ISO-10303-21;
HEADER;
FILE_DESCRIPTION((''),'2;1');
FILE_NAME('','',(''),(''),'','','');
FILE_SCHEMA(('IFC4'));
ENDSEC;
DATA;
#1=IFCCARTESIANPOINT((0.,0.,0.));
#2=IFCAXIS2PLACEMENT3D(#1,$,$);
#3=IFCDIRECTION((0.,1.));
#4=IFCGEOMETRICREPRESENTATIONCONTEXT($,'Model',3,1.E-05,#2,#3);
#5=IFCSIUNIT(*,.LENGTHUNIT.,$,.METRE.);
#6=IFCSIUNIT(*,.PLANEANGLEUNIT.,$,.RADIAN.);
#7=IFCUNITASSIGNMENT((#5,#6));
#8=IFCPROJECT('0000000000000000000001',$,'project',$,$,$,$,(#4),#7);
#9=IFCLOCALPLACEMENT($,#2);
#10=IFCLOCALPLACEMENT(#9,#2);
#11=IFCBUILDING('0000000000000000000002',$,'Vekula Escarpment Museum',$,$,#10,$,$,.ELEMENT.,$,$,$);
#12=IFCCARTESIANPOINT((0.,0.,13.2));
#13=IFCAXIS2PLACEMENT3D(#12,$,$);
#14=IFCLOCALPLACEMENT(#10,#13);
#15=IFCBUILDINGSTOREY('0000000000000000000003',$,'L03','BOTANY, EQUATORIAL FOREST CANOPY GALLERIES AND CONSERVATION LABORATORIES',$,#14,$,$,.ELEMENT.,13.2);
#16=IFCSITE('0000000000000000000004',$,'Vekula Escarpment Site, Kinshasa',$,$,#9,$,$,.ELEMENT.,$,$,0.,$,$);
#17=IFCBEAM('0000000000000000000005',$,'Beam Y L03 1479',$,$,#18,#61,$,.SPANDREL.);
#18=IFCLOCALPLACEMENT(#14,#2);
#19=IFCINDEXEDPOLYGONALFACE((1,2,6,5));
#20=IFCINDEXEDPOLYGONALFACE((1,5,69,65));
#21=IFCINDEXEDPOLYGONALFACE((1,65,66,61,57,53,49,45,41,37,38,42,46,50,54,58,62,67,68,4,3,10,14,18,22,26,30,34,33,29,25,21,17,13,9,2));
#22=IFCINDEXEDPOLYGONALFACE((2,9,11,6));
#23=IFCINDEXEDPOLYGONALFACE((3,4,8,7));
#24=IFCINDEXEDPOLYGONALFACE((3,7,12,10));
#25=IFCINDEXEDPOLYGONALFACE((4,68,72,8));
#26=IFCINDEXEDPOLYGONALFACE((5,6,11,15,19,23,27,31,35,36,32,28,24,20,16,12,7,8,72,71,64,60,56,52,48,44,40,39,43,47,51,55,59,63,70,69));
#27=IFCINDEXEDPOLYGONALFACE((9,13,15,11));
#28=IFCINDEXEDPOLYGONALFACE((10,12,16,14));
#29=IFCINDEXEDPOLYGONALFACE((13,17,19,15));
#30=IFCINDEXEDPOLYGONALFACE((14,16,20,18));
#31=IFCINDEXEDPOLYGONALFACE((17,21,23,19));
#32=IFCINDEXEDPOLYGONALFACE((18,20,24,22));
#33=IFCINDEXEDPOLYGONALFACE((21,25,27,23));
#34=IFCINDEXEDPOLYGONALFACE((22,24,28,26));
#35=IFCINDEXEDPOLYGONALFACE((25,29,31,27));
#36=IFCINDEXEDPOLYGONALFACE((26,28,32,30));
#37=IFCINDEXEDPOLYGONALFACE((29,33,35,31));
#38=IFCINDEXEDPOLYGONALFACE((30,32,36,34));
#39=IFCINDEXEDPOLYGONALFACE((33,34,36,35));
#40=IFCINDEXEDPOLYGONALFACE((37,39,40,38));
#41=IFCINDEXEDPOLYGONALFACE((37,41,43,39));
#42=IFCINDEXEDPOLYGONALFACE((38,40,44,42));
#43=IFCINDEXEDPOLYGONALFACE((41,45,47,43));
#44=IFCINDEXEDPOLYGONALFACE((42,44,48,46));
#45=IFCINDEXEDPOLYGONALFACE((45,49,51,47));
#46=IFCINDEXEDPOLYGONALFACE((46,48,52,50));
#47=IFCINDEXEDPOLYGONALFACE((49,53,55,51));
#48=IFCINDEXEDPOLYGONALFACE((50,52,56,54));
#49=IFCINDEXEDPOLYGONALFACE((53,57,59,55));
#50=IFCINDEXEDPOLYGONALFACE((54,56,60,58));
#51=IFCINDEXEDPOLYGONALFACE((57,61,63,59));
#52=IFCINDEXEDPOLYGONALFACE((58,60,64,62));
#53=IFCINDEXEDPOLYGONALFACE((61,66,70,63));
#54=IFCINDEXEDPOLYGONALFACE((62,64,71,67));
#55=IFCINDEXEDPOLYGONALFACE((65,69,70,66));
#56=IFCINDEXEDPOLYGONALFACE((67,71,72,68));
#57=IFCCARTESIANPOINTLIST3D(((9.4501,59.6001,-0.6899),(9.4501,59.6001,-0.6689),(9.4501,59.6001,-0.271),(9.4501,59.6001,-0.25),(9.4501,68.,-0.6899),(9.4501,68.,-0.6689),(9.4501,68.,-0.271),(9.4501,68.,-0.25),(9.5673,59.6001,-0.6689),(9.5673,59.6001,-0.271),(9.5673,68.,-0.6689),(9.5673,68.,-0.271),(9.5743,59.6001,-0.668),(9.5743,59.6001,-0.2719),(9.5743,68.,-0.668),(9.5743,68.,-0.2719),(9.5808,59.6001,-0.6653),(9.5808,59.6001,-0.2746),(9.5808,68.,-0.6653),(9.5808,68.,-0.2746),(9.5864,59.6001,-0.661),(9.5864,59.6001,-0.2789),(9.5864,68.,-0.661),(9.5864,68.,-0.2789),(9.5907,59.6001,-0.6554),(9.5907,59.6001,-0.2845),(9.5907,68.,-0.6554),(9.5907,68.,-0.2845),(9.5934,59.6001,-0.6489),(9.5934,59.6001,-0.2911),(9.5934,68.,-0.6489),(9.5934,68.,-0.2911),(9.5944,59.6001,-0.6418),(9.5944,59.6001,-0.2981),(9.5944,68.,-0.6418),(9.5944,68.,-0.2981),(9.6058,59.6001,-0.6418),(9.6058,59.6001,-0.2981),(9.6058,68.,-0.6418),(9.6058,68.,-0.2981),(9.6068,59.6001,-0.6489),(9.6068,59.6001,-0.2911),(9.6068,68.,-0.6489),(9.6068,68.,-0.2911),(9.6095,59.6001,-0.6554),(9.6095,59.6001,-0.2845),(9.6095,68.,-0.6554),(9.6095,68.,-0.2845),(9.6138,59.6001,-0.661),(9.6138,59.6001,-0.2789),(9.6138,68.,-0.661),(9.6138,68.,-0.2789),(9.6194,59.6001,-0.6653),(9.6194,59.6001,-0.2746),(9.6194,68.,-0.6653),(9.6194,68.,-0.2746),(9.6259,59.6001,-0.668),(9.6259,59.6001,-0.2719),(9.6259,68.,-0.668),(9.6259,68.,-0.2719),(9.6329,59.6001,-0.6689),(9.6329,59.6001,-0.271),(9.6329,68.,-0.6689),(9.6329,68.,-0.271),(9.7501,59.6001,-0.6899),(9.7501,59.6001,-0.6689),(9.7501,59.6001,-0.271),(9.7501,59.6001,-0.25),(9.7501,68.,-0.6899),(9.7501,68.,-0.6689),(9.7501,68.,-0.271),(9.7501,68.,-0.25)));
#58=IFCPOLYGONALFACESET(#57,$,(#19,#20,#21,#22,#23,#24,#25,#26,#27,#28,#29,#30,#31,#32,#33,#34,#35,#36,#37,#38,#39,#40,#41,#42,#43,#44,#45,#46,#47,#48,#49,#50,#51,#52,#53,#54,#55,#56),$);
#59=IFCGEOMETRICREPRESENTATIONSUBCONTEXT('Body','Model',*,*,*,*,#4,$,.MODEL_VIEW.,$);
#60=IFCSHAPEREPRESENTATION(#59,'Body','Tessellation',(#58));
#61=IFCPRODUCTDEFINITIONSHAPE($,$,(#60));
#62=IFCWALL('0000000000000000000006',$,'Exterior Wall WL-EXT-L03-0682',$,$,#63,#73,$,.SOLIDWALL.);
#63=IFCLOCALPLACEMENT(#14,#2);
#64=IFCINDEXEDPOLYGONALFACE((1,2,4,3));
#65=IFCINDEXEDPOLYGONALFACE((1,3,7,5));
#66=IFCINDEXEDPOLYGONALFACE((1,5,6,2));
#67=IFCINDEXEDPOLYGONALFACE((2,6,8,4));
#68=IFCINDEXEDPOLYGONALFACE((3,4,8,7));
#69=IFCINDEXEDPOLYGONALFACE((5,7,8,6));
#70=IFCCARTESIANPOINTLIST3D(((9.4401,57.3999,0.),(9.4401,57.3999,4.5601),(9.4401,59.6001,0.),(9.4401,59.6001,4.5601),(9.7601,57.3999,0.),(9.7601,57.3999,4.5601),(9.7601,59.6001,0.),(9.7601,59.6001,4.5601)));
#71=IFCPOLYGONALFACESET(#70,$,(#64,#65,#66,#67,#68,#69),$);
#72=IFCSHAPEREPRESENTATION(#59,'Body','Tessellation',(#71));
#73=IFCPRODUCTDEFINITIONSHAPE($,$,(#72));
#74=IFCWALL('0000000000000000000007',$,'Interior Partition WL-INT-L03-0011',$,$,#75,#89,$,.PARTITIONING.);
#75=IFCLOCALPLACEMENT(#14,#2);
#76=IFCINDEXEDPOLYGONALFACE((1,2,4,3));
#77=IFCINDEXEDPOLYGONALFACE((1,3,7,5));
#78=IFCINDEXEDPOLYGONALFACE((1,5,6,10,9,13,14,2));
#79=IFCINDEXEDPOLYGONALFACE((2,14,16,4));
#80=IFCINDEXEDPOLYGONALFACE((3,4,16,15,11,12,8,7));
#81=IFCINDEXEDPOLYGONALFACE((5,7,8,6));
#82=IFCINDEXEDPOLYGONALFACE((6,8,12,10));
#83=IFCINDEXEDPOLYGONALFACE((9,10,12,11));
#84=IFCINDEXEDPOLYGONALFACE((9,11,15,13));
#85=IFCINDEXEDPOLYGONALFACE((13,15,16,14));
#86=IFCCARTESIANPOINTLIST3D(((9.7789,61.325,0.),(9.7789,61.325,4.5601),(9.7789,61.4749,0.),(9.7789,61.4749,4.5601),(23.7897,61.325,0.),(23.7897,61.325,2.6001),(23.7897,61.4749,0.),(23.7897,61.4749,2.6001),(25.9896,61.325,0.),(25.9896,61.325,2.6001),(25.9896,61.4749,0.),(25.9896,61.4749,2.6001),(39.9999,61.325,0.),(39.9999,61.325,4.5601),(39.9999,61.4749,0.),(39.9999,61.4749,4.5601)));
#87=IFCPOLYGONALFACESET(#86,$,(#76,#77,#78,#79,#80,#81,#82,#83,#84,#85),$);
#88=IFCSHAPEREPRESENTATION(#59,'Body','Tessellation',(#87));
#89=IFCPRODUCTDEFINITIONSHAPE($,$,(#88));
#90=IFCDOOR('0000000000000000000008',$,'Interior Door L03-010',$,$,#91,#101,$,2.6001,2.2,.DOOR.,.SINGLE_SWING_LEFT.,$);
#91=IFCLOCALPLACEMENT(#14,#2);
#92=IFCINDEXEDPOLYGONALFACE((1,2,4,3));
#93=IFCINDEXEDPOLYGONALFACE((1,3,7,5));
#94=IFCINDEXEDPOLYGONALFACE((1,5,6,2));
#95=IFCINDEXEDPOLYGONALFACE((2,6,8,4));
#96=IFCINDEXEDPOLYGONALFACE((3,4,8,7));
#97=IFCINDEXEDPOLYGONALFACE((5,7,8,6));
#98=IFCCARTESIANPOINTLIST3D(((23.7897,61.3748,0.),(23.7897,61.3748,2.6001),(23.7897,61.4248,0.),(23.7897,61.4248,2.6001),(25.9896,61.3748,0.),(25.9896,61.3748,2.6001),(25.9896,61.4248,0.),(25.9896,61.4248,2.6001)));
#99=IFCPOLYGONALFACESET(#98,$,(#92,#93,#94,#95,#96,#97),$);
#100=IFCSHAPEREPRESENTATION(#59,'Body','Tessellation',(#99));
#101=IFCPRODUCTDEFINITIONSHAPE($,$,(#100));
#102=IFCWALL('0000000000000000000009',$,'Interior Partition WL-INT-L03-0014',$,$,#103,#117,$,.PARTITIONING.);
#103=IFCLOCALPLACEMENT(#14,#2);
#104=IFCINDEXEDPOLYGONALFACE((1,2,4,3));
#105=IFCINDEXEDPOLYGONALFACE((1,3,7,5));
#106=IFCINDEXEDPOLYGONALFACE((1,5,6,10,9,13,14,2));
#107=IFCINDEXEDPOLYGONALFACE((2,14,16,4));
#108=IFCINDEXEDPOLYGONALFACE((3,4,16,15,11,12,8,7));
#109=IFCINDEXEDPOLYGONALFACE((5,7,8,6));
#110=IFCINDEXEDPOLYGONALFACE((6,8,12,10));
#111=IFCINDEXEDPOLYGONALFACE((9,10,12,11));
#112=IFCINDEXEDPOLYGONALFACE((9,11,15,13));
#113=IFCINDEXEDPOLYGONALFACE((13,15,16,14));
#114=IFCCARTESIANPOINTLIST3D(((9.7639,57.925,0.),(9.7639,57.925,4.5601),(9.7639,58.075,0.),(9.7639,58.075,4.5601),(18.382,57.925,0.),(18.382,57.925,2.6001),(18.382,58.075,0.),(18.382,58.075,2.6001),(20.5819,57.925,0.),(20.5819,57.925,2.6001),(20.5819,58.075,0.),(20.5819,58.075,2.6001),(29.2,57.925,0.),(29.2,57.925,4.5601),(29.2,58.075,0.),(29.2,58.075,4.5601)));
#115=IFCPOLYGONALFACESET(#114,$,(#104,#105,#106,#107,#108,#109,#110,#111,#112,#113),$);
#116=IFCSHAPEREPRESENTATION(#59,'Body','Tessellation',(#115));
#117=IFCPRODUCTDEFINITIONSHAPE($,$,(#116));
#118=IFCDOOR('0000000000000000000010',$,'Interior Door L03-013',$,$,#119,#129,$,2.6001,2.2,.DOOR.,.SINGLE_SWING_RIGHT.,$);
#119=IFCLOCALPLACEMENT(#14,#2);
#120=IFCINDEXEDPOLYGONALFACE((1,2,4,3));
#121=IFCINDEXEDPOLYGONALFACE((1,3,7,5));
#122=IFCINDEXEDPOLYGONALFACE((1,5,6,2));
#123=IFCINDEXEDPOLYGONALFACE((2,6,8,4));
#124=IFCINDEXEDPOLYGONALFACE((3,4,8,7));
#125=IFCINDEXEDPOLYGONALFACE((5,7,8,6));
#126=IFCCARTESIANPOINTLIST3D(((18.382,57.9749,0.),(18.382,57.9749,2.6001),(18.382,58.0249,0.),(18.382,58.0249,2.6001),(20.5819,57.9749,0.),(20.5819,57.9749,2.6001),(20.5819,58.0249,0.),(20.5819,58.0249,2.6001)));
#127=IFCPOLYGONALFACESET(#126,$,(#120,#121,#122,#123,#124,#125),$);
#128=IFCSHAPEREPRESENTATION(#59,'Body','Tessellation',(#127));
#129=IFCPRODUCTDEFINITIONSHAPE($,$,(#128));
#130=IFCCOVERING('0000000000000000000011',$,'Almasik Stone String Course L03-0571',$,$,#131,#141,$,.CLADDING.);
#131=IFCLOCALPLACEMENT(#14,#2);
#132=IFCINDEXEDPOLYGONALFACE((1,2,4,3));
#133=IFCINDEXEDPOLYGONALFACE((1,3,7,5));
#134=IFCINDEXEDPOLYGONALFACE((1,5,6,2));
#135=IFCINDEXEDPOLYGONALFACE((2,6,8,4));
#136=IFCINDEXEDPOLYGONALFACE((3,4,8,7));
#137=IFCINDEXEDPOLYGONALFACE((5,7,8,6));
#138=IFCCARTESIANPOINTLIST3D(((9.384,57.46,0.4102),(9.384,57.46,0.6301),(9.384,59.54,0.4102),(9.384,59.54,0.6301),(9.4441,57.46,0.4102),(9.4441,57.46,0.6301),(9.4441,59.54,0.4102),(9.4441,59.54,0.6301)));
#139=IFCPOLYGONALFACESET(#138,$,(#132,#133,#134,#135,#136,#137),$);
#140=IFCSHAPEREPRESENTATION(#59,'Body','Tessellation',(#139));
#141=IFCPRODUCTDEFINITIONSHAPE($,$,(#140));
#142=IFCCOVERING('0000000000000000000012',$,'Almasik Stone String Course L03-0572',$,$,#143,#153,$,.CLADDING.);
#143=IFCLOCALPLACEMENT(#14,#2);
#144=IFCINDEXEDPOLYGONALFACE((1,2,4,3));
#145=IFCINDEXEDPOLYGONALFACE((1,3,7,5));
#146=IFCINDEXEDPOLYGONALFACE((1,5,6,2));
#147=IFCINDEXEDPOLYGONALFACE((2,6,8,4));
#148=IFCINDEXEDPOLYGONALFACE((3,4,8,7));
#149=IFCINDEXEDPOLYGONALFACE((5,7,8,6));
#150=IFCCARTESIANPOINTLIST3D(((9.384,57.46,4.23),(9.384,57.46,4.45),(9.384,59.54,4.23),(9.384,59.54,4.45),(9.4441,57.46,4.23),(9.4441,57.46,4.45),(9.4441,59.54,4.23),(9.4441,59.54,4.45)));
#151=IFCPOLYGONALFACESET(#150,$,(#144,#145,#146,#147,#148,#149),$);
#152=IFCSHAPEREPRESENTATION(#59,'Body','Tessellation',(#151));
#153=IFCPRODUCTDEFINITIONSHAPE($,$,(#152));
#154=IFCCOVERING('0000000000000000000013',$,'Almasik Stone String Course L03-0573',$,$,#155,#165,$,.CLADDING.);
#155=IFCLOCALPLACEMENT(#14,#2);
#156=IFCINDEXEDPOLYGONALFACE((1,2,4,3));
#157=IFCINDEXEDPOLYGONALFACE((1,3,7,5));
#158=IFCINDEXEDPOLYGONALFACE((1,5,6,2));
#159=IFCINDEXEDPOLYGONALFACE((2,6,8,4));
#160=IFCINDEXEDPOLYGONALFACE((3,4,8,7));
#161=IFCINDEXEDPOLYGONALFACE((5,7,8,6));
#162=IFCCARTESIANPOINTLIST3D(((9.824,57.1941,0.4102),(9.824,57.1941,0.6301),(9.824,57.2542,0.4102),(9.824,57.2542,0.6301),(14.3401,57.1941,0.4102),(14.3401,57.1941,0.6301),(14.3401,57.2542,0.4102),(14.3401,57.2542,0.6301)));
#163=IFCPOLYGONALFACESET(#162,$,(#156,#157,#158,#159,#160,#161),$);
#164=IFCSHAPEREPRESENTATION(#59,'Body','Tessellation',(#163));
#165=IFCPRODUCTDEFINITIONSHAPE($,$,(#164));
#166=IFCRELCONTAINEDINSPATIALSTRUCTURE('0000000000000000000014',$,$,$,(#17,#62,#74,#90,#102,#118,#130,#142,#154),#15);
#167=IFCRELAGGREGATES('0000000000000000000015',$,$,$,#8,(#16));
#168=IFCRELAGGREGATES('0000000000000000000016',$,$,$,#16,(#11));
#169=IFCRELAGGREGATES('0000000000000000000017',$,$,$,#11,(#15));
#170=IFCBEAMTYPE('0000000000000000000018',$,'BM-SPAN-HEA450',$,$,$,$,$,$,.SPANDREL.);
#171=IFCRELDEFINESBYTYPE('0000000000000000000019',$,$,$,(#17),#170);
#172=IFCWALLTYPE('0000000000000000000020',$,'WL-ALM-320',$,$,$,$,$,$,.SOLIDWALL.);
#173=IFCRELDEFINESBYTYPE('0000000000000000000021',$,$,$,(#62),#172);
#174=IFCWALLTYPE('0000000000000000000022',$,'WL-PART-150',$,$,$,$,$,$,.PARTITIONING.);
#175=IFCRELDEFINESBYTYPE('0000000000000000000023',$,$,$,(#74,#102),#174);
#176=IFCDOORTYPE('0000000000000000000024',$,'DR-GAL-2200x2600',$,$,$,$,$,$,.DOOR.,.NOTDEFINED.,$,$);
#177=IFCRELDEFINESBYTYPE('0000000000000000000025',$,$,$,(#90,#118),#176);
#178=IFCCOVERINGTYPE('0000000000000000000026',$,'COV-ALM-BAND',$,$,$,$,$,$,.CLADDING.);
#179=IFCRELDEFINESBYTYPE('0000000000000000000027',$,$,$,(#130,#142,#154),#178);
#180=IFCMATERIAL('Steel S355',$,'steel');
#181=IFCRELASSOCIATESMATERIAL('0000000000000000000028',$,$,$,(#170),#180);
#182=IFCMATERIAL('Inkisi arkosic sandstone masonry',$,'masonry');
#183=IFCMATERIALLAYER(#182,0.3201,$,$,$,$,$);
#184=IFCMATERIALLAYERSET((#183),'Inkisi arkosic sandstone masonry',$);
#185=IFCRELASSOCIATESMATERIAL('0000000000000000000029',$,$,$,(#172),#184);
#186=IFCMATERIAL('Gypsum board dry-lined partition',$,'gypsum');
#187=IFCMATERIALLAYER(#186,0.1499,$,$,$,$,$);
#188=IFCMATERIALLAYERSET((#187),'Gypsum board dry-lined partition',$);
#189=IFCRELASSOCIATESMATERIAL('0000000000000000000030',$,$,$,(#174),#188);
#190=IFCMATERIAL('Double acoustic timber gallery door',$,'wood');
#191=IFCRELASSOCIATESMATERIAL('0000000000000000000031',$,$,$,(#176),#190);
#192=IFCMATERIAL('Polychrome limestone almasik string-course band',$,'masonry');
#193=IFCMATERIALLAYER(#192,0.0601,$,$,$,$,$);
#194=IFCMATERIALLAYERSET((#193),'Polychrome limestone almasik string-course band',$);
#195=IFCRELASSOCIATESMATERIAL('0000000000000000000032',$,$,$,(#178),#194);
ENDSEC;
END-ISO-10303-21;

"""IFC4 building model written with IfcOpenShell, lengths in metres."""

from ifc_helpers import new_model, si_unit, direction, frame, frame_2d, origin, origin_2d, place, context, subcontext, project, spatial, rectangle, i_section, extrude, material, layer, layer_set, material_profile, profile_set, type_object, element, fill, save


model = new_model("IFC4")

# Units and contexts
model_context = context("Model", 3, precision=1e-05, world=origin(), true_north=direction((0.0, 1.0)))
body_context = subcontext(model_context, "Body", "Model", "MODEL_VIEW")
ifc_project = project(units=[si_unit("LENGTHUNIT", "METRE"), si_unit("PLANEANGLEUNIT", "RADIAN")], contexts=[model_context])

# Site, building, storey
site_placement = place(None, origin())
site = spatial("IfcSite", under=ifc_project, at=site_placement, Name="Vekula Escarpment Site, Kinshasa", CompositionType="ELEMENT", RefElevation=0.0)
building_placement = place(site_placement, origin())
building = spatial("IfcBuilding", under=site, at=building_placement, Name="Vekula Escarpment Museum", CompositionType="ELEMENT")
storey_placement = place(building_placement, frame((0.0, 0.0, 13.2)))
storey = spatial("IfcBuildingStorey", under=building, at=storey_placement, Name="L03", Description="BOTANY, EQUATORIAL FOREST CANOPY GALLERIES AND CONSERVATION LABORATORIES", CompositionType="ELEMENT", Elevation=13.2)

# Beam
ifc_material_1 = material(Name="Steel S355", Category="steel")
ifc_material_profile_1 = material_profile(ifc_material_1, i_section(OverallWidth=0.3, OverallDepth=0.4399, WebThickness=0.0115, FlangeThickness=0.021, FilletRadius=0.0271, at=origin_2d()), Name="HEA 450")
ifc_profile_set_1 = profile_set([ifc_material_profile_1], Name="Steel S355")
beam_type_1 = type_object("IfcBeamType", Name="BM-SPAN-HEA450", PredefinedType="SPANDREL", material=ifc_profile_set_1)
for number, where, z_axis, x_axis, name in (
    (1, (9.6001, 59.6001, -0.47), (0.0, 1.0, 0.0), (-1.0, 0.0, 0.0), "Beam Y L03 1479"),
):
    element("IfcBeam", number, at=place(storey_placement, frame(where, z_axis=z_axis, x_axis=x_axis)), inside=storey, type_object=beam_type_1, Name=name, PredefinedType="SPANDREL", context=body_context, shape_type="SweptSolid", body=[
        extrude(i_section(OverallWidth=0.3, OverallDepth=0.4399, WebThickness=0.0115, FlangeThickness=0.021, FilletRadius=0.0271, at=origin_2d()), origin(), (0.0, 0.0, 1.0), 8.3999),
    ])

# Wall
ifc_material_2 = material(Name="Inkisi arkosic sandstone masonry", Category="masonry")
ifc_layer_1 = layer(ifc_material_2, 0.3201)
ifc_layer_set_1 = layer_set([ifc_layer_1], Name="Inkisi arkosic sandstone masonry")
wall_type_1 = type_object("IfcWallType", Name="WL-ALM-320", PredefinedType="SOLIDWALL", material=ifc_layer_set_1)
wall_1_placement = place(storey_placement, frame((9.6001, 57.3999, 0.0), z_axis=(0.0, 0.0, 1.0), x_axis=(0.0, 1.0, 0.0)))
element("IfcWall", 2, at=wall_1_placement, inside=storey, type_object=wall_type_1, Name="Exterior Wall WL-EXT-L03-0682", PredefinedType="SOLIDWALL", context=body_context, shape_type="SweptSolid", body=[
    extrude(rectangle(XDim=2.2002, YDim=0.3201, at=frame_2d((1.1001, 0.0))), origin(), (0.0, 0.0, 1.0), 4.5601),
])

# Walls, openings, doors
ifc_material_3 = material(Name="Gypsum board dry-lined partition", Category="gypsum")
ifc_layer_2 = layer(ifc_material_3, 0.1499)
ifc_layer_set_2 = layer_set([ifc_layer_2], Name="Gypsum board dry-lined partition")
wall_type_2 = type_object("IfcWallType", Name="WL-PART-150", PredefinedType="PARTITIONING", material=ifc_layer_set_2)
wall_2_placement = place(storey_placement, frame((9.7791, 61.3999, 0.0), z_axis=(0.0, 0.0, 1.0), x_axis=(1.0, 0.0, 0.0)))
wall_2 = element("IfcWall", 3, at=wall_2_placement, inside=storey, type_object=wall_type_2, Name="Interior Partition WL-INT-L03-0011", PredefinedType="PARTITIONING", context=body_context, shape_type="SweptSolid", body=[
    extrude(rectangle(XDim=30.2209, YDim=0.1499, at=frame_2d((15.1104, 0.0))), origin(), (0.0, 0.0, 1.0), 4.5601),
])
opening_1_placement = place(wall_2_placement, frame((14.0105, 0.0, 0.0)))
opening_1 = element("IfcOpeningElement", 4, at=opening_1_placement, cuts=wall_2, PredefinedType="OPENING", context=body_context, shape_type="SweptSolid", body=[
    extrude(rectangle(XDim=2.2, YDim=2.6001, at=frame_2d((1.1001, 1.3))), frame((0.0, 0.085, 0.0), z_axis=(0.0, -1.0, 0.0), x_axis=(1.0, 0.0, 0.0)), (0.0, 0.0, 1.0), 0.1699),
])
ifc_material_4 = material(Name="Double acoustic timber gallery door", Category="wood")
door_type_1 = type_object("IfcDoorType", Name="DR-GAL-2200x2600", OperationType="NOTDEFINED", PredefinedType="DOOR", material=ifc_material_4)
door_1_placement = place(opening_1_placement, origin())
door_1 = element("IfcDoor", 5, at=door_1_placement, inside=storey, type_object=door_type_1, Name="Interior Door L03-010", OperationType="SINGLE_SWING_LEFT", OverallHeight=2.6001, OverallWidth=2.2, PredefinedType="DOOR", context=body_context, shape_type="SweptSolid", body=[
    extrude(rectangle(XDim=2.2, YDim=2.6001, at=frame_2d((1.1001, 1.3))), frame((0.0, 0.0249, 0.0), z_axis=(0.0, -1.0, 0.0), x_axis=(1.0, 0.0, 0.0)), (0.0, 0.0, 1.0), 0.05),
])
fill(opening_1, door_1)
wall_3_placement = place(storey_placement, frame((9.7639, 58.0, 0.0), z_axis=(0.0, 0.0, 1.0), x_axis=(1.0, 0.0, 0.0)))
wall_3 = element("IfcWall", 6, at=wall_3_placement, inside=storey, type_object=wall_type_2, Name="Interior Partition WL-INT-L03-0014", PredefinedType="PARTITIONING", context=body_context, shape_type="SweptSolid", body=[
    extrude(rectangle(XDim=19.436, YDim=0.1499, at=frame_2d((9.718, 0.0))), origin(), (0.0, 0.0, 1.0), 4.5601),
])
opening_2_placement = place(wall_3_placement, frame((8.6179, 0.0, 0.0)))
opening_2 = element("IfcOpeningElement", 7, at=opening_2_placement, cuts=wall_3, PredefinedType="OPENING", context=body_context, shape_type="SweptSolid", body=[
    extrude(rectangle(XDim=2.2, YDim=2.6001, at=frame_2d((1.1001, 1.3))), frame((0.0, 0.085, 0.0), z_axis=(0.0, -1.0, 0.0), x_axis=(1.0, 0.0, 0.0)), (0.0, 0.0, 1.0), 0.1699),
])
door_2_placement = place(opening_2_placement, origin())
door_2 = element("IfcDoor", 8, at=door_2_placement, inside=storey, type_object=door_type_1, Name="Interior Door L03-013", OperationType="SINGLE_SWING_RIGHT", OverallHeight=2.6001, OverallWidth=2.2, PredefinedType="DOOR", context=body_context, shape_type="SweptSolid", body=[
    extrude(rectangle(XDim=2.2, YDim=2.6001, at=frame_2d((1.1001, 1.3))), frame((0.0, 0.0249, 0.0), z_axis=(0.0, -1.0, 0.0), x_axis=(1.0, 0.0, 0.0)), (0.0, 0.0, 1.0), 0.05),
])
fill(opening_2, door_2)

# Coverings
ifc_material_5 = material(Name="Polychrome limestone almasik string-course band", Category="masonry")
ifc_layer_3 = layer(ifc_material_5, 0.0601)
ifc_layer_set_3 = layer_set([ifc_layer_3], Name="Polychrome limestone almasik string-course band")
covering_type = type_object("IfcCoveringType", Name="COV-ALM-BAND", PredefinedType="CLADDING", material=ifc_layer_set_3)
for number, where, z_axis, x_axis, name in (
    (9, (9.4141, 58.5, 0.4102), (0.0, 0.0, 1.0), (0.0, 1.0, 0.0), "Almasik Stone String Course L03-0571"),
    (10, (9.4141, 58.5, 4.23), (0.0, 0.0, 1.0), (0.0, 1.0, 0.0), "Almasik Stone String Course L03-0572"),
):
    element("IfcCovering", number, at=place(storey_placement, frame(where, z_axis=z_axis, x_axis=x_axis)), inside=storey, type_object=covering_type, Name=name, PredefinedType="CLADDING", context=body_context, shape_type="SweptSolid", body=[
        extrude(rectangle(XDim=2.0801, YDim=0.0601, at=origin_2d()), origin(), (0.0, 0.0, 1.0), 0.22),
    ])
covering_placement = place(storey_placement, frame((12.082, 57.2241, 0.4102), z_axis=(0.0, 0.0, 1.0), x_axis=(1.0, 0.0, 0.0)))
element("IfcCovering", 11, at=covering_placement, inside=storey, type_object=covering_type, Name="Almasik Stone String Course L03-0573", PredefinedType="CLADDING", context=body_context, shape_type="SweptSolid", body=[
    extrude(rectangle(XDim=4.5161, YDim=0.0601, at=origin_2d()), origin(), (0.0, 0.0, 1.0), 0.22),
])

save(model, "model.ifc")
